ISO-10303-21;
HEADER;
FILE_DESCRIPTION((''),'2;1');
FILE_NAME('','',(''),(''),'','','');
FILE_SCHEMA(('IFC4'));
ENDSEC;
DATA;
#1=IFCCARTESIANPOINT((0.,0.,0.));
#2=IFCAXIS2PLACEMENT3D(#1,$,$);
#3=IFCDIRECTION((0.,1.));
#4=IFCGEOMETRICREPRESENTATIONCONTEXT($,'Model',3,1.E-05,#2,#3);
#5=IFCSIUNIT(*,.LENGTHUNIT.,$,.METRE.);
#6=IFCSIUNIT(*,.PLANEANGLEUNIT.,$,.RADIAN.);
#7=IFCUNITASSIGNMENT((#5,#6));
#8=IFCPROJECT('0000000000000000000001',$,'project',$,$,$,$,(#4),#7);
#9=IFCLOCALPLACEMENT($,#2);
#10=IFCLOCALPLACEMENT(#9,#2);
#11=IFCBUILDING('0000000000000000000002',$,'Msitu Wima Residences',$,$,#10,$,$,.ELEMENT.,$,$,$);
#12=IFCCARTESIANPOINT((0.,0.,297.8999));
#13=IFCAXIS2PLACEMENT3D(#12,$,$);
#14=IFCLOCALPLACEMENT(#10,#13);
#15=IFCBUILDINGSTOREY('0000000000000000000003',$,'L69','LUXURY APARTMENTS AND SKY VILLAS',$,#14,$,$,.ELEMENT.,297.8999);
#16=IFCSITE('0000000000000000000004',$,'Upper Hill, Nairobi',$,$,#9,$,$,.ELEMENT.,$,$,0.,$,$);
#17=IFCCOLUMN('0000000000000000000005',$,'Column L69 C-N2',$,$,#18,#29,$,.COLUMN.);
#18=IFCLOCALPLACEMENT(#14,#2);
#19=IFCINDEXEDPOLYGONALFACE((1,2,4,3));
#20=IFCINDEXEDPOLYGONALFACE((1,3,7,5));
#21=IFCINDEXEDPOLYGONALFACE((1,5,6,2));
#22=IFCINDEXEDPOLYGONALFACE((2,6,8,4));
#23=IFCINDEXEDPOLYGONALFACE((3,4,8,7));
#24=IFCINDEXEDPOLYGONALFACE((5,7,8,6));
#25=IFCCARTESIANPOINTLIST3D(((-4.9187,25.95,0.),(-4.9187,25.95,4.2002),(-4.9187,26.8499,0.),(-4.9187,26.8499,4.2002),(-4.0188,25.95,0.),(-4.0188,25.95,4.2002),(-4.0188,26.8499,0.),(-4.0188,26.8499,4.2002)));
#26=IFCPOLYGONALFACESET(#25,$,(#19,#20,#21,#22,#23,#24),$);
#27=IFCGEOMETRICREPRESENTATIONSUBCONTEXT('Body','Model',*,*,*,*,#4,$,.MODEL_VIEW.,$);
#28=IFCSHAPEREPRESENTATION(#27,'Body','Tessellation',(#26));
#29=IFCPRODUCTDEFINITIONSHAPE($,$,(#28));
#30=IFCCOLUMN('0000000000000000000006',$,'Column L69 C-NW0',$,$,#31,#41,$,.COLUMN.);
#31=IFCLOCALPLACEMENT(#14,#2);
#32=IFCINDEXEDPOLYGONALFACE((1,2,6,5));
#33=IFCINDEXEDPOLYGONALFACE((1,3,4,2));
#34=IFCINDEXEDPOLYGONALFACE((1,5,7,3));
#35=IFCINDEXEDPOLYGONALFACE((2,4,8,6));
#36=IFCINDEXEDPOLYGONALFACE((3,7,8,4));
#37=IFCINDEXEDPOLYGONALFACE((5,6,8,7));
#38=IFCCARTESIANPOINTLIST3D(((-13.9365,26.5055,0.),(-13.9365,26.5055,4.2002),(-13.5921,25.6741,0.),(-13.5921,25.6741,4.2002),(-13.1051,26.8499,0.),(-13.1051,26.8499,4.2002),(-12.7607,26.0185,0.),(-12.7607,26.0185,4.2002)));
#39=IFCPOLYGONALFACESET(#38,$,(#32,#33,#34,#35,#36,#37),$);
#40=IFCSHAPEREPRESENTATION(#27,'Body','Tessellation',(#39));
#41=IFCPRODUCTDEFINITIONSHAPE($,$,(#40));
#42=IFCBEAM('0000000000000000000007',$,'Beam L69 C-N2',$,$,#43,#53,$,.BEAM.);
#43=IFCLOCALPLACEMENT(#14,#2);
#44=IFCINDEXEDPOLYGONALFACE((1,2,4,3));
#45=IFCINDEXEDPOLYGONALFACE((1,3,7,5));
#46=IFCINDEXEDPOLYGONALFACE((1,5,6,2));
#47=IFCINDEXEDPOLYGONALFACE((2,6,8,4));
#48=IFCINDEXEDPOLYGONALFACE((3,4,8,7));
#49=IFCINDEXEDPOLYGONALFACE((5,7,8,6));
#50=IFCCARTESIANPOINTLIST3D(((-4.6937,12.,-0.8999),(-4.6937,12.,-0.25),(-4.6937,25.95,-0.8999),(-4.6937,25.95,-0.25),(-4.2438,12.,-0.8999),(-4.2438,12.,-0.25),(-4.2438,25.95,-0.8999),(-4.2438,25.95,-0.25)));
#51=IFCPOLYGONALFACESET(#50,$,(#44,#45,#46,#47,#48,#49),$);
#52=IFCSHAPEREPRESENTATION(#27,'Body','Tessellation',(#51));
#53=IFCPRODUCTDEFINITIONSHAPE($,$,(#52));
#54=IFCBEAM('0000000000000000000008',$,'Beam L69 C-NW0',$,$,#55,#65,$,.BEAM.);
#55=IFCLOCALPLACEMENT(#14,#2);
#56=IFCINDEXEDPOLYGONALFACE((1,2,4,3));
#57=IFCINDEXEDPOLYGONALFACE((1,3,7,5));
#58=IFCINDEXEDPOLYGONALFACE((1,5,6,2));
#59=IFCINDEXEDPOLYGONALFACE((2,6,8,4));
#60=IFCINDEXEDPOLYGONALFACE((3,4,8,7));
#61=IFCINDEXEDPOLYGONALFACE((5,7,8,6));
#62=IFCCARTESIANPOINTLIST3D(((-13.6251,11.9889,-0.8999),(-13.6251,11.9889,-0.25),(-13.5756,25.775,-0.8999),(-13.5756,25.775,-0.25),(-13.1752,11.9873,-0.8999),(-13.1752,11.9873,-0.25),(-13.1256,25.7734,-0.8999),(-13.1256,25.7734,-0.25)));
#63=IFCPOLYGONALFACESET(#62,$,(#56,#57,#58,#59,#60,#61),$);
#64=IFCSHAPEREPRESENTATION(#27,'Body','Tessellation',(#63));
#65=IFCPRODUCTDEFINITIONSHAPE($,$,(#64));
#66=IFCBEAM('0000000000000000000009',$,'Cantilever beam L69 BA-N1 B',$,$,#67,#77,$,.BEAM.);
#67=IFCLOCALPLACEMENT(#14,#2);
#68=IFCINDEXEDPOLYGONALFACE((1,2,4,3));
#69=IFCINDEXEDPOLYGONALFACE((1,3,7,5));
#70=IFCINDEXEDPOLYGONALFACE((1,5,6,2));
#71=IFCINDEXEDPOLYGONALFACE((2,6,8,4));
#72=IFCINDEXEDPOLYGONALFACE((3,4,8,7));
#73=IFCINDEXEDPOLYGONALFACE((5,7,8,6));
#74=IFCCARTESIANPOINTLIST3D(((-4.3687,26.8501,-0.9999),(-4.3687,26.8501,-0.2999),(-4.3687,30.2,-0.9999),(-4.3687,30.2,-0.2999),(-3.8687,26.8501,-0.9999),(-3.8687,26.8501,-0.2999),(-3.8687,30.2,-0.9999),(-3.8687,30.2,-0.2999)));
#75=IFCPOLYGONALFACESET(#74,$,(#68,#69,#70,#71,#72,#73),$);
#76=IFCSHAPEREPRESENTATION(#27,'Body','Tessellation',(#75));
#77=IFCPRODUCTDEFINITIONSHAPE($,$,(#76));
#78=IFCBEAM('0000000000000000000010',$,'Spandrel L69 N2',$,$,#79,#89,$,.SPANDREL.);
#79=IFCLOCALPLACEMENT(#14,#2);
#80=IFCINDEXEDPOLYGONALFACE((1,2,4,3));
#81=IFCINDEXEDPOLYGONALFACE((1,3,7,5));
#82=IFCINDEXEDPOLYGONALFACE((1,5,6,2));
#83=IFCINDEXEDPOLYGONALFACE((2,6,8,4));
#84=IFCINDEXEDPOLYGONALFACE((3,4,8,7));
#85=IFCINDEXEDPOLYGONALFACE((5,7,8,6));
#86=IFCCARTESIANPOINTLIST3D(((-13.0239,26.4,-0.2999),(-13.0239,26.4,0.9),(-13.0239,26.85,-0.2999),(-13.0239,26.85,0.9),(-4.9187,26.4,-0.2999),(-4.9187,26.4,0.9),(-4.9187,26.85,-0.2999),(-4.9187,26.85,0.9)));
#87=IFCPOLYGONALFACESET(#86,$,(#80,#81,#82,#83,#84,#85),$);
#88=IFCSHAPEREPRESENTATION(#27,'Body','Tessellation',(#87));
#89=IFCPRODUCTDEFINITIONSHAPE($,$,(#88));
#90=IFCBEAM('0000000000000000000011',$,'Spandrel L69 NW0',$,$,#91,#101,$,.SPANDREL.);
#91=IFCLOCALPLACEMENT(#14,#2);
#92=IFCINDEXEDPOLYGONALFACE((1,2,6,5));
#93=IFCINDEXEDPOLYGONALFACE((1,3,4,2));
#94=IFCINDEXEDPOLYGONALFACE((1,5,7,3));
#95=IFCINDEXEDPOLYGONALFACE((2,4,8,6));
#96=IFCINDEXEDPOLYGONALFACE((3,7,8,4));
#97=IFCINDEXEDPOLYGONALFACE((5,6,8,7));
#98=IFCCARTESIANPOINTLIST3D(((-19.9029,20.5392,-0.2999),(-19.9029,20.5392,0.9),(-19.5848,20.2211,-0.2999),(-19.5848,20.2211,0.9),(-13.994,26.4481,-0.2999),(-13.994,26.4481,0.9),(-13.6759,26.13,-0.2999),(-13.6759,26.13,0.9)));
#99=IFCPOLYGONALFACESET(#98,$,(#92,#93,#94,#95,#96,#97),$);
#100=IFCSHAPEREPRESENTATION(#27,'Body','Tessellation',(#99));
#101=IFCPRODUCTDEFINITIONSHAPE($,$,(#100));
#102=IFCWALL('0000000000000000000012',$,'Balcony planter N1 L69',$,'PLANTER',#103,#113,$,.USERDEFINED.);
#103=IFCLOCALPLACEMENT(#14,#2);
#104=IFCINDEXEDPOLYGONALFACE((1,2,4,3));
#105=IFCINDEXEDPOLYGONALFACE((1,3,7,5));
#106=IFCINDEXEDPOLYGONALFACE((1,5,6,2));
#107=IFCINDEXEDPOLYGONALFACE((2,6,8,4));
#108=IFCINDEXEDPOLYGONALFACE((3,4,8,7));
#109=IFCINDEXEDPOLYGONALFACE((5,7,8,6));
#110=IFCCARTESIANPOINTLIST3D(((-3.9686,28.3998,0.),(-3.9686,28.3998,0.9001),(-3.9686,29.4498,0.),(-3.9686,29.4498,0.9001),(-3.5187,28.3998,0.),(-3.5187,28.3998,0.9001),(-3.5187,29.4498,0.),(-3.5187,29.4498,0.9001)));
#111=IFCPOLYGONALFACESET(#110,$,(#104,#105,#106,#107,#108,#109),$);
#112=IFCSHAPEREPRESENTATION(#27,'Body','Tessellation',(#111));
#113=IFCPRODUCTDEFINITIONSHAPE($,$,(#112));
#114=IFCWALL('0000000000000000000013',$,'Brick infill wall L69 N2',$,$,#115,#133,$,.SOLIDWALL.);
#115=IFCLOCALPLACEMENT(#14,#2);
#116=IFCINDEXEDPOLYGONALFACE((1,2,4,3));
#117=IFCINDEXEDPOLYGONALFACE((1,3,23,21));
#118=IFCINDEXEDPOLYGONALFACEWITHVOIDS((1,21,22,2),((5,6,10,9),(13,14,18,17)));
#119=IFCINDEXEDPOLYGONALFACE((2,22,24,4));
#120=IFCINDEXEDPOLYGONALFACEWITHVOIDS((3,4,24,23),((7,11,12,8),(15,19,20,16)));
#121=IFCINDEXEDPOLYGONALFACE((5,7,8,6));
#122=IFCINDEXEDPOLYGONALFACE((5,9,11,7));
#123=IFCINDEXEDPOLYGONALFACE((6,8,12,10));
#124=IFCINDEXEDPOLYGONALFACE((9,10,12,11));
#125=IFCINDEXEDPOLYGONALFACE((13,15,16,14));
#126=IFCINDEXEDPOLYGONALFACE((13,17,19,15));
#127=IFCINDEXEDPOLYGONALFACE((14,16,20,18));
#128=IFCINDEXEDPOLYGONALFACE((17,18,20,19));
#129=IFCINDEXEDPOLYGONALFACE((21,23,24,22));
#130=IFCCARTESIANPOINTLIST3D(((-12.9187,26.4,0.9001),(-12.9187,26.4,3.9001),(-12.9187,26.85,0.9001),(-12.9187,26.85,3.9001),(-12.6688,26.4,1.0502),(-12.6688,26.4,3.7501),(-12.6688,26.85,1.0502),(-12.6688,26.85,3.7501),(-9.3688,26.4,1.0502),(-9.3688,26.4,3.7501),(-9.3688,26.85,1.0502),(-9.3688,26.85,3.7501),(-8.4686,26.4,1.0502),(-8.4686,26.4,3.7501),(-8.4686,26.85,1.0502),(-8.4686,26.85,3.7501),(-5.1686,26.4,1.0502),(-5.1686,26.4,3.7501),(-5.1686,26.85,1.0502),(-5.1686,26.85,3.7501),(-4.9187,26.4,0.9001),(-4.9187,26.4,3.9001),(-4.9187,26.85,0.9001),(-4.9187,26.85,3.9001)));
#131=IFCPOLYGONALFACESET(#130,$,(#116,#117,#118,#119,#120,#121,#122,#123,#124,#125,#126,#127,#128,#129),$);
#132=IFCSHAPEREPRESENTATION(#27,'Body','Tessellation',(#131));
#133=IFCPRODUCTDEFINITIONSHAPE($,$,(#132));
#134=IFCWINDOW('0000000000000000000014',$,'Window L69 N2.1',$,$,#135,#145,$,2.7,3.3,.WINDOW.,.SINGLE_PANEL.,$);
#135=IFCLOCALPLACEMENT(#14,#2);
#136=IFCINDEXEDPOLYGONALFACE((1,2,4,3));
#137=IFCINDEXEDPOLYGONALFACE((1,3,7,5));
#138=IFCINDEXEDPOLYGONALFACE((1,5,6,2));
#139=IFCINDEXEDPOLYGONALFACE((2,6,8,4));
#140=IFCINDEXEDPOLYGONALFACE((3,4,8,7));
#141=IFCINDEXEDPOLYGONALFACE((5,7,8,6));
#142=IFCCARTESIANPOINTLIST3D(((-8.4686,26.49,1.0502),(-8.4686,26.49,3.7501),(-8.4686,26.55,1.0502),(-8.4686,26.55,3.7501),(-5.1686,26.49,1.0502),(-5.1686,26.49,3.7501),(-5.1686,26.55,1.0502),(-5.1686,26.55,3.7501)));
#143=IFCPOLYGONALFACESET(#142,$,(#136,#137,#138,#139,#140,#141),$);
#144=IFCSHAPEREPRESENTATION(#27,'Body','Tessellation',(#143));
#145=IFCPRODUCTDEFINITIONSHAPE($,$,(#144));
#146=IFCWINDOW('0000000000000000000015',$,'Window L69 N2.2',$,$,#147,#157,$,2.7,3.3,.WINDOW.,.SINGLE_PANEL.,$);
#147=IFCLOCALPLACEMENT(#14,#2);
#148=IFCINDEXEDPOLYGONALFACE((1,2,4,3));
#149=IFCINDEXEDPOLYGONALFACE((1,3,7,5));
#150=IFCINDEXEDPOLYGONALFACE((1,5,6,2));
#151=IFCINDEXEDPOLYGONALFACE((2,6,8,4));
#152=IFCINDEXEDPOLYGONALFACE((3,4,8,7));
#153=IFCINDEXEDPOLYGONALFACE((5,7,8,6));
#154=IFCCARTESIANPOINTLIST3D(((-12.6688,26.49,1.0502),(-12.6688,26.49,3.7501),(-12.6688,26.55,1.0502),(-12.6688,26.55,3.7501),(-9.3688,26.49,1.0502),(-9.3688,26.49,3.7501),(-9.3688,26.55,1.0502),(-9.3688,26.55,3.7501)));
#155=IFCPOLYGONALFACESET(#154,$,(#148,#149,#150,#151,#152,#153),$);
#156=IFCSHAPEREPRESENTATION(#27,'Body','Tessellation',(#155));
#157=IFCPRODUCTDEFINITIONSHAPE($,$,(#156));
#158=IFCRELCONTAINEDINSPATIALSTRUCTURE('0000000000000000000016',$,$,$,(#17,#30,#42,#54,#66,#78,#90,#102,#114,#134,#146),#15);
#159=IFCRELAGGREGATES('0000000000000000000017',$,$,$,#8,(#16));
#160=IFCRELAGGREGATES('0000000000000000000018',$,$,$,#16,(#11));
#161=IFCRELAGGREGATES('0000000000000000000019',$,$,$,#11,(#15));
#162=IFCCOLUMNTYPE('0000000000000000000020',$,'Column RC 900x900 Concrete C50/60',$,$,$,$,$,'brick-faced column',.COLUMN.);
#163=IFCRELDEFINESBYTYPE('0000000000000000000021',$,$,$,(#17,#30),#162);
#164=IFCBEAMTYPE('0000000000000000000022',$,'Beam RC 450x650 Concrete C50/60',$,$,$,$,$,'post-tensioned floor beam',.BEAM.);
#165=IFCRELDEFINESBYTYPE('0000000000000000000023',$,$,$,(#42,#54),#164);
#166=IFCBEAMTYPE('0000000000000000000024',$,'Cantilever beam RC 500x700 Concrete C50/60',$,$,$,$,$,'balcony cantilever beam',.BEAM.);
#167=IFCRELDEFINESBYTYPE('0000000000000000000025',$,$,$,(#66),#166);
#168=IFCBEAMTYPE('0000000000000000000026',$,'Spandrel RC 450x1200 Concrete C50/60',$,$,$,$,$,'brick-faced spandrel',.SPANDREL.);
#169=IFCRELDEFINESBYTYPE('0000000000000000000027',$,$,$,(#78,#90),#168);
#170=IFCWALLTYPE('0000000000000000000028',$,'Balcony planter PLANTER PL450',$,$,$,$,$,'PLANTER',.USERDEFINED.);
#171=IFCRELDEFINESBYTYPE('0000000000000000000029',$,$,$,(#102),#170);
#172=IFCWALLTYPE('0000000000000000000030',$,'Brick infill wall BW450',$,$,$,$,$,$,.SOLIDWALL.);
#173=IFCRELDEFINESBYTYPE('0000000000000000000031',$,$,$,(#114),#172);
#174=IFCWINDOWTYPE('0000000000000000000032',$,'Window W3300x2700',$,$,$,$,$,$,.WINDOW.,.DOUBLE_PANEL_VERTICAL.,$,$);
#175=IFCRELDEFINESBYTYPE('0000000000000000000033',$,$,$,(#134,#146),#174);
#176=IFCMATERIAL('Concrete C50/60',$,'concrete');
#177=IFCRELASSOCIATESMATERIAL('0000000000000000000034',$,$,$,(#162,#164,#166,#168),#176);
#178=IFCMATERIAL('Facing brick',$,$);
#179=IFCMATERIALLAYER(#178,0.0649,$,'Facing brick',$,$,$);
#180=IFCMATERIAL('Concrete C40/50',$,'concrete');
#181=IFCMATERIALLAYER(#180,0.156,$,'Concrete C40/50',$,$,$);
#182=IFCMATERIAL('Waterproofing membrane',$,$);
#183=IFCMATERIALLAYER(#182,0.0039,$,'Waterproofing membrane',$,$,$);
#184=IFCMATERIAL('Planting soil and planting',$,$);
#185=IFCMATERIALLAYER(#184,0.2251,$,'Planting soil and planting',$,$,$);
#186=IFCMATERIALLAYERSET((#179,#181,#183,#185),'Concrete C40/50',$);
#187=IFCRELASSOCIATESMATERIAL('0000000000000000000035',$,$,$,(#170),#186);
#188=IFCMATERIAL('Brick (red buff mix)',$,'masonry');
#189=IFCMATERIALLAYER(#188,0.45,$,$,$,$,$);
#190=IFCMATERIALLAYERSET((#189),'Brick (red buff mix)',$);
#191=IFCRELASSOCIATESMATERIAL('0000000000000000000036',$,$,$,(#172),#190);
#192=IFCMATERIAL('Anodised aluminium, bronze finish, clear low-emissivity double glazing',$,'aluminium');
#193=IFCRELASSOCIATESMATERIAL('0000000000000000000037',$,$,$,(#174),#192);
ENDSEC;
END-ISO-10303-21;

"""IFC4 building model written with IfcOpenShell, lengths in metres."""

from ifc_helpers import new_model, si_unit, direction, frame, frame_2d, origin, origin_2d, place, context, subcontext, project, spatial, rectangle, extrude, material, layer, layer_set, material_profile, profile_set, type_object, element, fill, save


model = new_model("IFC4")

# Units and contexts
model_context = context("Model", 3, precision=1e-05, world=origin(), true_north=direction((0.0, 1.0)))
body_context = subcontext(model_context, "Body", "Model", "MODEL_VIEW")
ifc_project = project(units=[si_unit("LENGTHUNIT", "METRE"), si_unit("PLANEANGLEUNIT", "RADIAN")], contexts=[model_context])

# Site, building, storey
site_placement = place(None, origin())
site = spatial("IfcSite", under=ifc_project, at=site_placement, Name="Upper Hill, Nairobi", CompositionType="ELEMENT", RefElevation=0.0)
building_placement = place(site_placement, origin())
building = spatial("IfcBuilding", under=site, at=building_placement, Name="Msitu Wima Residences", CompositionType="ELEMENT")
storey_placement = place(building_placement, frame((0.0, 0.0, 297.8999)))
storey = spatial("IfcBuildingStorey", under=building, at=storey_placement, Name="L69", Description="LUXURY APARTMENTS AND SKY VILLAS", CompositionType="ELEMENT", Elevation=297.8999)

# Columns
ifc_material_1 = material(Name="Concrete C50/60", Category="concrete")
ifc_material_profile_1 = material_profile(ifc_material_1, rectangle(XDim=0.8999, YDim=0.8999, at=origin_2d()), Name="RC 900x900")
ifc_profile_set_1 = profile_set([ifc_material_profile_1], Name="Concrete C50/60")
column_type = type_object("IfcColumnType", Name="Column RC 900x900 Concrete C50/60", ElementType="brick-faced column", PredefinedType="COLUMN", material=ifc_profile_set_1)
for number, where, z_axis, x_axis, name in (
    (1, (-4.4688, 26.3999, 0.0), (0.0, 0.0, 1.0), (-1.0, 0.0, 0.0), "Column L69 C-N2"),
    (2, (-13.3486, 26.262, 0.0), (0.0, 0.0, 1.0), (-0.92388, -0.382683, 0.0), "Column L69 C-NW0"),
):
    element("IfcColumn", number, at=place(storey_placement, frame(where, z_axis=z_axis, x_axis=x_axis)), inside=storey, type_object=column_type, Name=name, PredefinedType="COLUMN", context=body_context, shape_type="SweptSolid", body=[
        extrude(rectangle(XDim=0.8999, YDim=0.8999, at=origin_2d()), origin(), (0.0, 0.0, 1.0), 4.2002),
    ])

# Beams
ifc_material_profile_2 = material_profile(ifc_material_1, rectangle(XDim=0.45, YDim=0.6499, at=origin_2d()), Name="RC 450x650")
ifc_profile_set_2 = profile_set([ifc_material_profile_2], Name="Concrete C50/60")
beam_type_1 = type_object("IfcBeamType", Name="Beam RC 450x650 Concrete C50/60", ElementType="post-tensioned floor beam", PredefinedType="BEAM", material=ifc_profile_set_2)
beam_1_placement = place(storey_placement, frame((-4.4688, 25.95, -0.575), z_axis=(0.0, -1.0, 0.0), x_axis=(1.0, 0.0, 0.0)))
element("IfcBeam", 3, at=beam_1_placement, inside=storey, type_object=beam_type_1, Name="Beam L69 C-N2", PredefinedType="BEAM", context=body_context, shape_type="SweptSolid", body=[
    extrude(rectangle(XDim=0.45, YDim=0.6499, at=origin_2d()), origin(), (0.0, 0.0, 1.0), 13.95),
])
beam_2_placement = place(storey_placement, frame((-13.3506, 25.7742, -0.575), z_axis=(-0.003595, -0.999994, 0.0), x_axis=(0.999994, -0.003595, 0.0)))
element("IfcBeam", 4, at=beam_2_placement, inside=storey, type_object=beam_type_1, Name="Beam L69 C-NW0", PredefinedType="BEAM", context=body_context, shape_type="SweptSolid", body=[
    extrude(rectangle(XDim=0.45, YDim=0.6499, at=origin_2d()), origin(), (0.0, 0.0, 1.0), 13.7861),
])
ifc_material_profile_3 = material_profile(ifc_material_1, rectangle(XDim=0.5, YDim=0.7, at=origin_2d()), Name="RC 500x700")
ifc_profile_set_3 = profile_set([ifc_material_profile_3], Name="Concrete C50/60")
beam_type_2 = type_object("IfcBeamType", Name="Cantilever beam RC 500x700 Concrete C50/60", ElementType="balcony cantilever beam", PredefinedType="BEAM", material=ifc_profile_set_3)
beam_3_placement = place(storey_placement, frame((-4.1187, 26.8501, -0.6499), z_axis=(0.0, 1.0, 0.0), x_axis=(-1.0, 0.0, 0.0)))
element("IfcBeam", 5, at=beam_3_placement, inside=storey, type_object=beam_type_2, Name="Cantilever beam L69 BA-N1 B", PredefinedType="BEAM", context=body_context, shape_type="SweptSolid", body=[
    extrude(rectangle(XDim=0.5, YDim=0.7, at=origin_2d()), origin(), (0.0, 0.0, 1.0), 3.3499),
])
ifc_material_profile_4 = material_profile(ifc_material_1, rectangle(XDim=0.45, YDim=1.2, at=origin_2d()), Name="RC 450x1200")
ifc_profile_set_4 = profile_set([ifc_material_profile_4], Name="Concrete C50/60")
beam_type_3 = type_object("IfcBeamType", Name="Spandrel RC 450x1200 Concrete C50/60", ElementType="brick-faced spandrel", PredefinedType="SPANDREL", material=ifc_profile_set_4)
beam_4_placement = place(storey_placement, frame((-4.9187, 26.625, 0.3), z_axis=(-1.0, 0.0, 0.0), x_axis=(0.0, -1.0, 0.0)))
element("IfcBeam", 6, at=beam_4_placement, inside=storey, type_object=beam_type_3, Name="Spandrel L69 N2", PredefinedType="SPANDREL", context=body_context, shape_type="SweptSolid", body=[
    extrude(rectangle(XDim=0.45, YDim=1.2, at=origin_2d()), origin(), (0.0, 0.0, 1.0), 8.1052),
])
beam_5_placement = place(storey_placement, frame((-13.835, 26.2891, 0.3), z_axis=(-0.707107, -0.707107, 0.0), x_axis=(0.707107, -0.707107, 0.0)))
element("IfcBeam", 7, at=beam_5_placement, inside=storey, type_object=beam_type_3, Name="Spandrel L69 NW0", PredefinedType="SPANDREL", context=body_context, shape_type="SweptSolid", body=[
    extrude(rectangle(XDim=0.45, YDim=1.2, at=origin_2d()), origin(), (0.0, 0.0, 1.0), 8.3564),
])

# Wall
ifc_material_2 = material(Name="Facing brick")
ifc_layer_1 = layer(ifc_material_2, 0.0649, Name="Facing brick")
ifc_material_3 = material(Name="Concrete C40/50", Category="concrete")
ifc_layer_2 = layer(ifc_material_3, 0.156, Name="Concrete C40/50")
ifc_material_4 = material(Name="Waterproofing membrane")
ifc_layer_3 = layer(ifc_material_4, 0.0039, Name="Waterproofing membrane")
ifc_material_5 = material(Name="Planting soil and planting")
ifc_layer_4 = layer(ifc_material_5, 0.2251, Name="Planting soil and planting")
ifc_layer_set_1 = layer_set([ifc_layer_1, ifc_layer_2, ifc_layer_3, ifc_layer_4], Name="Concrete C40/50")
wall_type_1 = type_object("IfcWallType", Name="Balcony planter PLANTER PL450", ElementType="PLANTER", PredefinedType="USERDEFINED", material=ifc_layer_set_1)
wall_1_placement = place(storey_placement, frame((-3.7437, 28.3999, 0.0), z_axis=(0.0, 0.0, 1.0), x_axis=(0.0, 1.0, 0.0)))
element("IfcWall", 8, at=wall_1_placement, inside=storey, type_object=wall_type_1, Name="Balcony planter N1 L69", ObjectType="PLANTER", PredefinedType="USERDEFINED", context=body_context, shape_type="SweptSolid", body=[
    extrude(rectangle(XDim=1.05, YDim=0.45, at=frame_2d((0.5249, 0.0))), origin(), (0.0, 0.0, 1.0), 0.9001),
])

# Wall, openings, windows
ifc_material_6 = material(Name="Brick (red buff mix)", Category="masonry")
ifc_layer_5 = layer(ifc_material_6, 0.45)
ifc_layer_set_2 = layer_set([ifc_layer_5], Name="Brick (red buff mix)")
wall_type_2 = type_object("IfcWallType", Name="Brick infill wall BW450", PredefinedType="SOLIDWALL", material=ifc_layer_set_2)
wall_2_placement = place(storey_placement, frame((-4.9187, 26.625, 0.9001), z_axis=(0.0, 0.0, 1.0), x_axis=(-1.0, 0.0, 0.0)))
wall_2 = element("IfcWall", 9, at=wall_2_placement, inside=storey, type_object=wall_type_2, Name="Brick infill wall L69 N2", PredefinedType="SOLIDWALL", context=body_context, shape_type="SweptSolid", body=[
    extrude(rectangle(XDim=8.0, YDim=0.45, at=frame_2d((4.0, 0.0))), origin(), (0.0, 0.0, 1.0), 3.0),
])
opening_1_placement = place(wall_2_placement, frame((0.25, 0.0, 0.1499)))
opening_1 = element("IfcOpeningElement", 10, at=opening_1_placement, cuts=wall_2, PredefinedType="OPENING", context=body_context, shape_type="SweptSolid", body=[
    extrude(rectangle(XDim=3.3, YDim=2.7, at=frame_2d((1.6499, 1.3501))), frame((0.0, 0.2349, 0.0), z_axis=(0.0, -1.0, 0.0), x_axis=(1.0, 0.0, 0.0)), (0.0, 0.0, 1.0), 0.47),
])
opening_2_placement = place(wall_2_placement, frame((4.4502, 0.0, 0.1499)))
opening_2 = element("IfcOpeningElement", 11, at=opening_2_placement, cuts=wall_2, PredefinedType="OPENING", context=body_context, shape_type="SweptSolid", body=[
    extrude(rectangle(XDim=3.3, YDim=2.7, at=frame_2d((1.6499, 1.3501))), frame((0.0, 0.2349, 0.0), z_axis=(0.0, -1.0, 0.0), x_axis=(1.0, 0.0, 0.0)), (0.0, 0.0, 1.0), 0.47),
])
ifc_material_7 = material(Name="Anodised aluminium, bronze finish, clear low-emissivity double glazing", Category="aluminium")
window_type = type_object("IfcWindowType", Name="Window W3300x2700", PartitioningType="DOUBLE_PANEL_VERTICAL", PredefinedType="WINDOW", material=ifc_material_7)
window_1_placement = place(opening_1_placement, origin())
window_1 = element("IfcWindow", 12, at=window_1_placement, inside=storey, type_object=window_type, Name="Window L69 N2.1", OverallHeight=2.7, OverallWidth=3.3, PartitioningType="SINGLE_PANEL", PredefinedType="WINDOW", context=body_context, shape_type="SweptSolid", body=[
    extrude(rectangle(XDim=3.3, YDim=2.7, at=frame_2d((1.6499, 1.3501))), frame((0.0, 0.135, 0.0), z_axis=(0.0, -1.0, 0.0), x_axis=(1.0, 0.0, 0.0)), (0.0, 0.0, 1.0), 0.0601),
])
fill(opening_1, window_1)
window_2_placement = place(opening_2_placement, origin())
window_2 = element("IfcWindow", 13, at=window_2_placement, inside=storey, type_object=window_type, Name="Window L69 N2.2", OverallHeight=2.7, OverallWidth=3.3, PartitioningType="SINGLE_PANEL", PredefinedType="WINDOW", context=body_context, shape_type="SweptSolid", body=[
    extrude(rectangle(XDim=3.3, YDim=2.7, at=frame_2d((1.6499, 1.3501))), frame((0.0, 0.135, 0.0), z_axis=(0.0, -1.0, 0.0), x_axis=(1.0, 0.0, 0.0)), (0.0, 0.0, 1.0), 0.0601),
])
fill(opening_2, window_2)

save(model, "model.ifc")
